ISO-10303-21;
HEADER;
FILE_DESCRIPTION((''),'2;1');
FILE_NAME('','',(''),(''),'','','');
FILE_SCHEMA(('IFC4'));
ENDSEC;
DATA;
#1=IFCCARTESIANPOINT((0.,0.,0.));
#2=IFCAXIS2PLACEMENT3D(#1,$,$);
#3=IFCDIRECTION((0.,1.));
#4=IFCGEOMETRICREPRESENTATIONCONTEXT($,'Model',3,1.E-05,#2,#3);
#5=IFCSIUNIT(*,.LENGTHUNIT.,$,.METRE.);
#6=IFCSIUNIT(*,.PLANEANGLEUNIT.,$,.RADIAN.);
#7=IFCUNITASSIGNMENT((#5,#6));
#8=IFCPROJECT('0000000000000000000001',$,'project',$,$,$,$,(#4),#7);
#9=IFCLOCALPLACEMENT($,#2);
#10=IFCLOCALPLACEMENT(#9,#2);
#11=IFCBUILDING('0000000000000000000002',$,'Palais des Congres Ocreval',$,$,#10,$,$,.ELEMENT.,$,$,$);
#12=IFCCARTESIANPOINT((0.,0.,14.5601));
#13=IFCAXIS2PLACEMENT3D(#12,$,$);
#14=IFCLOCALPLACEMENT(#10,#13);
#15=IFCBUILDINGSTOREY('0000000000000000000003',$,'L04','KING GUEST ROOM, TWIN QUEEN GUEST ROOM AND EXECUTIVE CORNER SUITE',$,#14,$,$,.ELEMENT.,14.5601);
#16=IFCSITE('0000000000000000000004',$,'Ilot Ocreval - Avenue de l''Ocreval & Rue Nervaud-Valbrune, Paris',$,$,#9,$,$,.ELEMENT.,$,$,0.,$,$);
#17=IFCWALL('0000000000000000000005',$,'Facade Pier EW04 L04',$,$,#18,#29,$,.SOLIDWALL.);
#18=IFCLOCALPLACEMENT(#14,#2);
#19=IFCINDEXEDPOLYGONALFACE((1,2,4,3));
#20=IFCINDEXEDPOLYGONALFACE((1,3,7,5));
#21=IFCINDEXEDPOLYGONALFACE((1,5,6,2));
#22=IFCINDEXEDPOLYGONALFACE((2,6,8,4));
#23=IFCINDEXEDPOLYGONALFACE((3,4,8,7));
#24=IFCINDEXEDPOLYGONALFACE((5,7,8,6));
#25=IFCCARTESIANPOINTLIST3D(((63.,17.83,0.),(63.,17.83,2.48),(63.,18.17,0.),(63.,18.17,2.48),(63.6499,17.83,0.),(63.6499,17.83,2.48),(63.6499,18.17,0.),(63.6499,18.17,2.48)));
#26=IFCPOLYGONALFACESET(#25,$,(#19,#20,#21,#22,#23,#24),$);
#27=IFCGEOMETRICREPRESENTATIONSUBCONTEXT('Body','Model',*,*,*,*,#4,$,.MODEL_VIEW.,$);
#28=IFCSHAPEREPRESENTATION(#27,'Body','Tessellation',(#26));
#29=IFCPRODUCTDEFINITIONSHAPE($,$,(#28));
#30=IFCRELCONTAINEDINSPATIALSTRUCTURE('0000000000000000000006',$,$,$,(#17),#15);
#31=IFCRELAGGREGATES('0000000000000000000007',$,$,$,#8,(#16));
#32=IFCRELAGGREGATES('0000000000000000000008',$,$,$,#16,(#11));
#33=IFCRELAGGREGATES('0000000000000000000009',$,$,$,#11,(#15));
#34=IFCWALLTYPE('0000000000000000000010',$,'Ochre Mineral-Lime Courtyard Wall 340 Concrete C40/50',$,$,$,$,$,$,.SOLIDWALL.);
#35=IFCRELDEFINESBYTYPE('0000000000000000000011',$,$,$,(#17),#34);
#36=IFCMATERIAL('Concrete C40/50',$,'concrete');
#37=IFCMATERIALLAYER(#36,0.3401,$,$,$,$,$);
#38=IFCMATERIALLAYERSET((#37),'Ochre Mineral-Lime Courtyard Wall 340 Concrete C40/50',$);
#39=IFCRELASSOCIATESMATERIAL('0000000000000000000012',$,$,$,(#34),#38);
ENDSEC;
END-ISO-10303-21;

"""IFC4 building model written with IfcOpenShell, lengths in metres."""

from ifc_helpers import new_model, si_unit, direction, frame, frame_2d, origin, place, context, subcontext, project, spatial, rectangle, extrude, material, layer, layer_set, type_object, element, save


model = new_model("IFC4")

# Units and contexts
model_context = context("Model", 3, precision=1e-05, world=origin(), true_north=direction((0.0, 1.0)))
body_context = subcontext(model_context, "Body", "Model", "MODEL_VIEW")
ifc_project = project(units=[si_unit("LENGTHUNIT", "METRE"), si_unit("PLANEANGLEUNIT", "RADIAN")], contexts=[model_context])

# Site, building, storey
site_placement = place(None, origin())
site = spatial("IfcSite", under=ifc_project, at=site_placement, Name="Ilot Ocreval - Avenue de l'Ocreval & Rue Nervaud-Valbrune, Paris", CompositionType="ELEMENT", RefElevation=0.0)
building_placement = place(site_placement, origin())
building = spatial("IfcBuilding", under=site, at=building_placement, Name="Palais des Congres Ocreval", CompositionType="ELEMENT")
storey_placement = place(building_placement, frame((0.0, 0.0, 14.5601)))
storey = spatial("IfcBuildingStorey", under=building, at=storey_placement, Name="L04", Description="KING GUEST ROOM, TWIN QUEEN GUEST ROOM AND EXECUTIVE CORNER SUITE", CompositionType="ELEMENT", Elevation=14.5601)

# Shared definitions
ifc_material_1 = material(Name="Concrete C40/50", Category="concrete")

# Wall
ifc_layer_1 = layer(ifc_material_1, 0.3401)
ifc_layer_set_1 = layer_set([ifc_layer_1], Name="Ochre Mineral-Lime Courtyard Wall 340 Concrete C40/50")
wall_type_1 = type_object("IfcWallType", Name="Ochre Mineral-Lime Courtyard Wall 340 Concrete C40/50", PredefinedType="SOLIDWALL", material=ifc_layer_set_1)
wall_1_placement = place(storey_placement, frame((63.0, 18.0, 0.0), z_axis=(0.0, 0.0, 1.0), x_axis=(1.0, 0.0, 0.0)))
element("IfcWall", 1, at=wall_1_placement, inside=storey, type_object=wall_type_1, Name="Facade Pier EW04 L04", PredefinedType="SOLIDWALL", context=body_context, shape_type="SweptSolid", body=[
    extrude(rectangle(XDim=0.6499, YDim=0.3401, at=frame_2d((0.325, 0.0))), origin(), (0.0, 0.0, 1.0), 2.48),
])

save(model, "model.ifc")
